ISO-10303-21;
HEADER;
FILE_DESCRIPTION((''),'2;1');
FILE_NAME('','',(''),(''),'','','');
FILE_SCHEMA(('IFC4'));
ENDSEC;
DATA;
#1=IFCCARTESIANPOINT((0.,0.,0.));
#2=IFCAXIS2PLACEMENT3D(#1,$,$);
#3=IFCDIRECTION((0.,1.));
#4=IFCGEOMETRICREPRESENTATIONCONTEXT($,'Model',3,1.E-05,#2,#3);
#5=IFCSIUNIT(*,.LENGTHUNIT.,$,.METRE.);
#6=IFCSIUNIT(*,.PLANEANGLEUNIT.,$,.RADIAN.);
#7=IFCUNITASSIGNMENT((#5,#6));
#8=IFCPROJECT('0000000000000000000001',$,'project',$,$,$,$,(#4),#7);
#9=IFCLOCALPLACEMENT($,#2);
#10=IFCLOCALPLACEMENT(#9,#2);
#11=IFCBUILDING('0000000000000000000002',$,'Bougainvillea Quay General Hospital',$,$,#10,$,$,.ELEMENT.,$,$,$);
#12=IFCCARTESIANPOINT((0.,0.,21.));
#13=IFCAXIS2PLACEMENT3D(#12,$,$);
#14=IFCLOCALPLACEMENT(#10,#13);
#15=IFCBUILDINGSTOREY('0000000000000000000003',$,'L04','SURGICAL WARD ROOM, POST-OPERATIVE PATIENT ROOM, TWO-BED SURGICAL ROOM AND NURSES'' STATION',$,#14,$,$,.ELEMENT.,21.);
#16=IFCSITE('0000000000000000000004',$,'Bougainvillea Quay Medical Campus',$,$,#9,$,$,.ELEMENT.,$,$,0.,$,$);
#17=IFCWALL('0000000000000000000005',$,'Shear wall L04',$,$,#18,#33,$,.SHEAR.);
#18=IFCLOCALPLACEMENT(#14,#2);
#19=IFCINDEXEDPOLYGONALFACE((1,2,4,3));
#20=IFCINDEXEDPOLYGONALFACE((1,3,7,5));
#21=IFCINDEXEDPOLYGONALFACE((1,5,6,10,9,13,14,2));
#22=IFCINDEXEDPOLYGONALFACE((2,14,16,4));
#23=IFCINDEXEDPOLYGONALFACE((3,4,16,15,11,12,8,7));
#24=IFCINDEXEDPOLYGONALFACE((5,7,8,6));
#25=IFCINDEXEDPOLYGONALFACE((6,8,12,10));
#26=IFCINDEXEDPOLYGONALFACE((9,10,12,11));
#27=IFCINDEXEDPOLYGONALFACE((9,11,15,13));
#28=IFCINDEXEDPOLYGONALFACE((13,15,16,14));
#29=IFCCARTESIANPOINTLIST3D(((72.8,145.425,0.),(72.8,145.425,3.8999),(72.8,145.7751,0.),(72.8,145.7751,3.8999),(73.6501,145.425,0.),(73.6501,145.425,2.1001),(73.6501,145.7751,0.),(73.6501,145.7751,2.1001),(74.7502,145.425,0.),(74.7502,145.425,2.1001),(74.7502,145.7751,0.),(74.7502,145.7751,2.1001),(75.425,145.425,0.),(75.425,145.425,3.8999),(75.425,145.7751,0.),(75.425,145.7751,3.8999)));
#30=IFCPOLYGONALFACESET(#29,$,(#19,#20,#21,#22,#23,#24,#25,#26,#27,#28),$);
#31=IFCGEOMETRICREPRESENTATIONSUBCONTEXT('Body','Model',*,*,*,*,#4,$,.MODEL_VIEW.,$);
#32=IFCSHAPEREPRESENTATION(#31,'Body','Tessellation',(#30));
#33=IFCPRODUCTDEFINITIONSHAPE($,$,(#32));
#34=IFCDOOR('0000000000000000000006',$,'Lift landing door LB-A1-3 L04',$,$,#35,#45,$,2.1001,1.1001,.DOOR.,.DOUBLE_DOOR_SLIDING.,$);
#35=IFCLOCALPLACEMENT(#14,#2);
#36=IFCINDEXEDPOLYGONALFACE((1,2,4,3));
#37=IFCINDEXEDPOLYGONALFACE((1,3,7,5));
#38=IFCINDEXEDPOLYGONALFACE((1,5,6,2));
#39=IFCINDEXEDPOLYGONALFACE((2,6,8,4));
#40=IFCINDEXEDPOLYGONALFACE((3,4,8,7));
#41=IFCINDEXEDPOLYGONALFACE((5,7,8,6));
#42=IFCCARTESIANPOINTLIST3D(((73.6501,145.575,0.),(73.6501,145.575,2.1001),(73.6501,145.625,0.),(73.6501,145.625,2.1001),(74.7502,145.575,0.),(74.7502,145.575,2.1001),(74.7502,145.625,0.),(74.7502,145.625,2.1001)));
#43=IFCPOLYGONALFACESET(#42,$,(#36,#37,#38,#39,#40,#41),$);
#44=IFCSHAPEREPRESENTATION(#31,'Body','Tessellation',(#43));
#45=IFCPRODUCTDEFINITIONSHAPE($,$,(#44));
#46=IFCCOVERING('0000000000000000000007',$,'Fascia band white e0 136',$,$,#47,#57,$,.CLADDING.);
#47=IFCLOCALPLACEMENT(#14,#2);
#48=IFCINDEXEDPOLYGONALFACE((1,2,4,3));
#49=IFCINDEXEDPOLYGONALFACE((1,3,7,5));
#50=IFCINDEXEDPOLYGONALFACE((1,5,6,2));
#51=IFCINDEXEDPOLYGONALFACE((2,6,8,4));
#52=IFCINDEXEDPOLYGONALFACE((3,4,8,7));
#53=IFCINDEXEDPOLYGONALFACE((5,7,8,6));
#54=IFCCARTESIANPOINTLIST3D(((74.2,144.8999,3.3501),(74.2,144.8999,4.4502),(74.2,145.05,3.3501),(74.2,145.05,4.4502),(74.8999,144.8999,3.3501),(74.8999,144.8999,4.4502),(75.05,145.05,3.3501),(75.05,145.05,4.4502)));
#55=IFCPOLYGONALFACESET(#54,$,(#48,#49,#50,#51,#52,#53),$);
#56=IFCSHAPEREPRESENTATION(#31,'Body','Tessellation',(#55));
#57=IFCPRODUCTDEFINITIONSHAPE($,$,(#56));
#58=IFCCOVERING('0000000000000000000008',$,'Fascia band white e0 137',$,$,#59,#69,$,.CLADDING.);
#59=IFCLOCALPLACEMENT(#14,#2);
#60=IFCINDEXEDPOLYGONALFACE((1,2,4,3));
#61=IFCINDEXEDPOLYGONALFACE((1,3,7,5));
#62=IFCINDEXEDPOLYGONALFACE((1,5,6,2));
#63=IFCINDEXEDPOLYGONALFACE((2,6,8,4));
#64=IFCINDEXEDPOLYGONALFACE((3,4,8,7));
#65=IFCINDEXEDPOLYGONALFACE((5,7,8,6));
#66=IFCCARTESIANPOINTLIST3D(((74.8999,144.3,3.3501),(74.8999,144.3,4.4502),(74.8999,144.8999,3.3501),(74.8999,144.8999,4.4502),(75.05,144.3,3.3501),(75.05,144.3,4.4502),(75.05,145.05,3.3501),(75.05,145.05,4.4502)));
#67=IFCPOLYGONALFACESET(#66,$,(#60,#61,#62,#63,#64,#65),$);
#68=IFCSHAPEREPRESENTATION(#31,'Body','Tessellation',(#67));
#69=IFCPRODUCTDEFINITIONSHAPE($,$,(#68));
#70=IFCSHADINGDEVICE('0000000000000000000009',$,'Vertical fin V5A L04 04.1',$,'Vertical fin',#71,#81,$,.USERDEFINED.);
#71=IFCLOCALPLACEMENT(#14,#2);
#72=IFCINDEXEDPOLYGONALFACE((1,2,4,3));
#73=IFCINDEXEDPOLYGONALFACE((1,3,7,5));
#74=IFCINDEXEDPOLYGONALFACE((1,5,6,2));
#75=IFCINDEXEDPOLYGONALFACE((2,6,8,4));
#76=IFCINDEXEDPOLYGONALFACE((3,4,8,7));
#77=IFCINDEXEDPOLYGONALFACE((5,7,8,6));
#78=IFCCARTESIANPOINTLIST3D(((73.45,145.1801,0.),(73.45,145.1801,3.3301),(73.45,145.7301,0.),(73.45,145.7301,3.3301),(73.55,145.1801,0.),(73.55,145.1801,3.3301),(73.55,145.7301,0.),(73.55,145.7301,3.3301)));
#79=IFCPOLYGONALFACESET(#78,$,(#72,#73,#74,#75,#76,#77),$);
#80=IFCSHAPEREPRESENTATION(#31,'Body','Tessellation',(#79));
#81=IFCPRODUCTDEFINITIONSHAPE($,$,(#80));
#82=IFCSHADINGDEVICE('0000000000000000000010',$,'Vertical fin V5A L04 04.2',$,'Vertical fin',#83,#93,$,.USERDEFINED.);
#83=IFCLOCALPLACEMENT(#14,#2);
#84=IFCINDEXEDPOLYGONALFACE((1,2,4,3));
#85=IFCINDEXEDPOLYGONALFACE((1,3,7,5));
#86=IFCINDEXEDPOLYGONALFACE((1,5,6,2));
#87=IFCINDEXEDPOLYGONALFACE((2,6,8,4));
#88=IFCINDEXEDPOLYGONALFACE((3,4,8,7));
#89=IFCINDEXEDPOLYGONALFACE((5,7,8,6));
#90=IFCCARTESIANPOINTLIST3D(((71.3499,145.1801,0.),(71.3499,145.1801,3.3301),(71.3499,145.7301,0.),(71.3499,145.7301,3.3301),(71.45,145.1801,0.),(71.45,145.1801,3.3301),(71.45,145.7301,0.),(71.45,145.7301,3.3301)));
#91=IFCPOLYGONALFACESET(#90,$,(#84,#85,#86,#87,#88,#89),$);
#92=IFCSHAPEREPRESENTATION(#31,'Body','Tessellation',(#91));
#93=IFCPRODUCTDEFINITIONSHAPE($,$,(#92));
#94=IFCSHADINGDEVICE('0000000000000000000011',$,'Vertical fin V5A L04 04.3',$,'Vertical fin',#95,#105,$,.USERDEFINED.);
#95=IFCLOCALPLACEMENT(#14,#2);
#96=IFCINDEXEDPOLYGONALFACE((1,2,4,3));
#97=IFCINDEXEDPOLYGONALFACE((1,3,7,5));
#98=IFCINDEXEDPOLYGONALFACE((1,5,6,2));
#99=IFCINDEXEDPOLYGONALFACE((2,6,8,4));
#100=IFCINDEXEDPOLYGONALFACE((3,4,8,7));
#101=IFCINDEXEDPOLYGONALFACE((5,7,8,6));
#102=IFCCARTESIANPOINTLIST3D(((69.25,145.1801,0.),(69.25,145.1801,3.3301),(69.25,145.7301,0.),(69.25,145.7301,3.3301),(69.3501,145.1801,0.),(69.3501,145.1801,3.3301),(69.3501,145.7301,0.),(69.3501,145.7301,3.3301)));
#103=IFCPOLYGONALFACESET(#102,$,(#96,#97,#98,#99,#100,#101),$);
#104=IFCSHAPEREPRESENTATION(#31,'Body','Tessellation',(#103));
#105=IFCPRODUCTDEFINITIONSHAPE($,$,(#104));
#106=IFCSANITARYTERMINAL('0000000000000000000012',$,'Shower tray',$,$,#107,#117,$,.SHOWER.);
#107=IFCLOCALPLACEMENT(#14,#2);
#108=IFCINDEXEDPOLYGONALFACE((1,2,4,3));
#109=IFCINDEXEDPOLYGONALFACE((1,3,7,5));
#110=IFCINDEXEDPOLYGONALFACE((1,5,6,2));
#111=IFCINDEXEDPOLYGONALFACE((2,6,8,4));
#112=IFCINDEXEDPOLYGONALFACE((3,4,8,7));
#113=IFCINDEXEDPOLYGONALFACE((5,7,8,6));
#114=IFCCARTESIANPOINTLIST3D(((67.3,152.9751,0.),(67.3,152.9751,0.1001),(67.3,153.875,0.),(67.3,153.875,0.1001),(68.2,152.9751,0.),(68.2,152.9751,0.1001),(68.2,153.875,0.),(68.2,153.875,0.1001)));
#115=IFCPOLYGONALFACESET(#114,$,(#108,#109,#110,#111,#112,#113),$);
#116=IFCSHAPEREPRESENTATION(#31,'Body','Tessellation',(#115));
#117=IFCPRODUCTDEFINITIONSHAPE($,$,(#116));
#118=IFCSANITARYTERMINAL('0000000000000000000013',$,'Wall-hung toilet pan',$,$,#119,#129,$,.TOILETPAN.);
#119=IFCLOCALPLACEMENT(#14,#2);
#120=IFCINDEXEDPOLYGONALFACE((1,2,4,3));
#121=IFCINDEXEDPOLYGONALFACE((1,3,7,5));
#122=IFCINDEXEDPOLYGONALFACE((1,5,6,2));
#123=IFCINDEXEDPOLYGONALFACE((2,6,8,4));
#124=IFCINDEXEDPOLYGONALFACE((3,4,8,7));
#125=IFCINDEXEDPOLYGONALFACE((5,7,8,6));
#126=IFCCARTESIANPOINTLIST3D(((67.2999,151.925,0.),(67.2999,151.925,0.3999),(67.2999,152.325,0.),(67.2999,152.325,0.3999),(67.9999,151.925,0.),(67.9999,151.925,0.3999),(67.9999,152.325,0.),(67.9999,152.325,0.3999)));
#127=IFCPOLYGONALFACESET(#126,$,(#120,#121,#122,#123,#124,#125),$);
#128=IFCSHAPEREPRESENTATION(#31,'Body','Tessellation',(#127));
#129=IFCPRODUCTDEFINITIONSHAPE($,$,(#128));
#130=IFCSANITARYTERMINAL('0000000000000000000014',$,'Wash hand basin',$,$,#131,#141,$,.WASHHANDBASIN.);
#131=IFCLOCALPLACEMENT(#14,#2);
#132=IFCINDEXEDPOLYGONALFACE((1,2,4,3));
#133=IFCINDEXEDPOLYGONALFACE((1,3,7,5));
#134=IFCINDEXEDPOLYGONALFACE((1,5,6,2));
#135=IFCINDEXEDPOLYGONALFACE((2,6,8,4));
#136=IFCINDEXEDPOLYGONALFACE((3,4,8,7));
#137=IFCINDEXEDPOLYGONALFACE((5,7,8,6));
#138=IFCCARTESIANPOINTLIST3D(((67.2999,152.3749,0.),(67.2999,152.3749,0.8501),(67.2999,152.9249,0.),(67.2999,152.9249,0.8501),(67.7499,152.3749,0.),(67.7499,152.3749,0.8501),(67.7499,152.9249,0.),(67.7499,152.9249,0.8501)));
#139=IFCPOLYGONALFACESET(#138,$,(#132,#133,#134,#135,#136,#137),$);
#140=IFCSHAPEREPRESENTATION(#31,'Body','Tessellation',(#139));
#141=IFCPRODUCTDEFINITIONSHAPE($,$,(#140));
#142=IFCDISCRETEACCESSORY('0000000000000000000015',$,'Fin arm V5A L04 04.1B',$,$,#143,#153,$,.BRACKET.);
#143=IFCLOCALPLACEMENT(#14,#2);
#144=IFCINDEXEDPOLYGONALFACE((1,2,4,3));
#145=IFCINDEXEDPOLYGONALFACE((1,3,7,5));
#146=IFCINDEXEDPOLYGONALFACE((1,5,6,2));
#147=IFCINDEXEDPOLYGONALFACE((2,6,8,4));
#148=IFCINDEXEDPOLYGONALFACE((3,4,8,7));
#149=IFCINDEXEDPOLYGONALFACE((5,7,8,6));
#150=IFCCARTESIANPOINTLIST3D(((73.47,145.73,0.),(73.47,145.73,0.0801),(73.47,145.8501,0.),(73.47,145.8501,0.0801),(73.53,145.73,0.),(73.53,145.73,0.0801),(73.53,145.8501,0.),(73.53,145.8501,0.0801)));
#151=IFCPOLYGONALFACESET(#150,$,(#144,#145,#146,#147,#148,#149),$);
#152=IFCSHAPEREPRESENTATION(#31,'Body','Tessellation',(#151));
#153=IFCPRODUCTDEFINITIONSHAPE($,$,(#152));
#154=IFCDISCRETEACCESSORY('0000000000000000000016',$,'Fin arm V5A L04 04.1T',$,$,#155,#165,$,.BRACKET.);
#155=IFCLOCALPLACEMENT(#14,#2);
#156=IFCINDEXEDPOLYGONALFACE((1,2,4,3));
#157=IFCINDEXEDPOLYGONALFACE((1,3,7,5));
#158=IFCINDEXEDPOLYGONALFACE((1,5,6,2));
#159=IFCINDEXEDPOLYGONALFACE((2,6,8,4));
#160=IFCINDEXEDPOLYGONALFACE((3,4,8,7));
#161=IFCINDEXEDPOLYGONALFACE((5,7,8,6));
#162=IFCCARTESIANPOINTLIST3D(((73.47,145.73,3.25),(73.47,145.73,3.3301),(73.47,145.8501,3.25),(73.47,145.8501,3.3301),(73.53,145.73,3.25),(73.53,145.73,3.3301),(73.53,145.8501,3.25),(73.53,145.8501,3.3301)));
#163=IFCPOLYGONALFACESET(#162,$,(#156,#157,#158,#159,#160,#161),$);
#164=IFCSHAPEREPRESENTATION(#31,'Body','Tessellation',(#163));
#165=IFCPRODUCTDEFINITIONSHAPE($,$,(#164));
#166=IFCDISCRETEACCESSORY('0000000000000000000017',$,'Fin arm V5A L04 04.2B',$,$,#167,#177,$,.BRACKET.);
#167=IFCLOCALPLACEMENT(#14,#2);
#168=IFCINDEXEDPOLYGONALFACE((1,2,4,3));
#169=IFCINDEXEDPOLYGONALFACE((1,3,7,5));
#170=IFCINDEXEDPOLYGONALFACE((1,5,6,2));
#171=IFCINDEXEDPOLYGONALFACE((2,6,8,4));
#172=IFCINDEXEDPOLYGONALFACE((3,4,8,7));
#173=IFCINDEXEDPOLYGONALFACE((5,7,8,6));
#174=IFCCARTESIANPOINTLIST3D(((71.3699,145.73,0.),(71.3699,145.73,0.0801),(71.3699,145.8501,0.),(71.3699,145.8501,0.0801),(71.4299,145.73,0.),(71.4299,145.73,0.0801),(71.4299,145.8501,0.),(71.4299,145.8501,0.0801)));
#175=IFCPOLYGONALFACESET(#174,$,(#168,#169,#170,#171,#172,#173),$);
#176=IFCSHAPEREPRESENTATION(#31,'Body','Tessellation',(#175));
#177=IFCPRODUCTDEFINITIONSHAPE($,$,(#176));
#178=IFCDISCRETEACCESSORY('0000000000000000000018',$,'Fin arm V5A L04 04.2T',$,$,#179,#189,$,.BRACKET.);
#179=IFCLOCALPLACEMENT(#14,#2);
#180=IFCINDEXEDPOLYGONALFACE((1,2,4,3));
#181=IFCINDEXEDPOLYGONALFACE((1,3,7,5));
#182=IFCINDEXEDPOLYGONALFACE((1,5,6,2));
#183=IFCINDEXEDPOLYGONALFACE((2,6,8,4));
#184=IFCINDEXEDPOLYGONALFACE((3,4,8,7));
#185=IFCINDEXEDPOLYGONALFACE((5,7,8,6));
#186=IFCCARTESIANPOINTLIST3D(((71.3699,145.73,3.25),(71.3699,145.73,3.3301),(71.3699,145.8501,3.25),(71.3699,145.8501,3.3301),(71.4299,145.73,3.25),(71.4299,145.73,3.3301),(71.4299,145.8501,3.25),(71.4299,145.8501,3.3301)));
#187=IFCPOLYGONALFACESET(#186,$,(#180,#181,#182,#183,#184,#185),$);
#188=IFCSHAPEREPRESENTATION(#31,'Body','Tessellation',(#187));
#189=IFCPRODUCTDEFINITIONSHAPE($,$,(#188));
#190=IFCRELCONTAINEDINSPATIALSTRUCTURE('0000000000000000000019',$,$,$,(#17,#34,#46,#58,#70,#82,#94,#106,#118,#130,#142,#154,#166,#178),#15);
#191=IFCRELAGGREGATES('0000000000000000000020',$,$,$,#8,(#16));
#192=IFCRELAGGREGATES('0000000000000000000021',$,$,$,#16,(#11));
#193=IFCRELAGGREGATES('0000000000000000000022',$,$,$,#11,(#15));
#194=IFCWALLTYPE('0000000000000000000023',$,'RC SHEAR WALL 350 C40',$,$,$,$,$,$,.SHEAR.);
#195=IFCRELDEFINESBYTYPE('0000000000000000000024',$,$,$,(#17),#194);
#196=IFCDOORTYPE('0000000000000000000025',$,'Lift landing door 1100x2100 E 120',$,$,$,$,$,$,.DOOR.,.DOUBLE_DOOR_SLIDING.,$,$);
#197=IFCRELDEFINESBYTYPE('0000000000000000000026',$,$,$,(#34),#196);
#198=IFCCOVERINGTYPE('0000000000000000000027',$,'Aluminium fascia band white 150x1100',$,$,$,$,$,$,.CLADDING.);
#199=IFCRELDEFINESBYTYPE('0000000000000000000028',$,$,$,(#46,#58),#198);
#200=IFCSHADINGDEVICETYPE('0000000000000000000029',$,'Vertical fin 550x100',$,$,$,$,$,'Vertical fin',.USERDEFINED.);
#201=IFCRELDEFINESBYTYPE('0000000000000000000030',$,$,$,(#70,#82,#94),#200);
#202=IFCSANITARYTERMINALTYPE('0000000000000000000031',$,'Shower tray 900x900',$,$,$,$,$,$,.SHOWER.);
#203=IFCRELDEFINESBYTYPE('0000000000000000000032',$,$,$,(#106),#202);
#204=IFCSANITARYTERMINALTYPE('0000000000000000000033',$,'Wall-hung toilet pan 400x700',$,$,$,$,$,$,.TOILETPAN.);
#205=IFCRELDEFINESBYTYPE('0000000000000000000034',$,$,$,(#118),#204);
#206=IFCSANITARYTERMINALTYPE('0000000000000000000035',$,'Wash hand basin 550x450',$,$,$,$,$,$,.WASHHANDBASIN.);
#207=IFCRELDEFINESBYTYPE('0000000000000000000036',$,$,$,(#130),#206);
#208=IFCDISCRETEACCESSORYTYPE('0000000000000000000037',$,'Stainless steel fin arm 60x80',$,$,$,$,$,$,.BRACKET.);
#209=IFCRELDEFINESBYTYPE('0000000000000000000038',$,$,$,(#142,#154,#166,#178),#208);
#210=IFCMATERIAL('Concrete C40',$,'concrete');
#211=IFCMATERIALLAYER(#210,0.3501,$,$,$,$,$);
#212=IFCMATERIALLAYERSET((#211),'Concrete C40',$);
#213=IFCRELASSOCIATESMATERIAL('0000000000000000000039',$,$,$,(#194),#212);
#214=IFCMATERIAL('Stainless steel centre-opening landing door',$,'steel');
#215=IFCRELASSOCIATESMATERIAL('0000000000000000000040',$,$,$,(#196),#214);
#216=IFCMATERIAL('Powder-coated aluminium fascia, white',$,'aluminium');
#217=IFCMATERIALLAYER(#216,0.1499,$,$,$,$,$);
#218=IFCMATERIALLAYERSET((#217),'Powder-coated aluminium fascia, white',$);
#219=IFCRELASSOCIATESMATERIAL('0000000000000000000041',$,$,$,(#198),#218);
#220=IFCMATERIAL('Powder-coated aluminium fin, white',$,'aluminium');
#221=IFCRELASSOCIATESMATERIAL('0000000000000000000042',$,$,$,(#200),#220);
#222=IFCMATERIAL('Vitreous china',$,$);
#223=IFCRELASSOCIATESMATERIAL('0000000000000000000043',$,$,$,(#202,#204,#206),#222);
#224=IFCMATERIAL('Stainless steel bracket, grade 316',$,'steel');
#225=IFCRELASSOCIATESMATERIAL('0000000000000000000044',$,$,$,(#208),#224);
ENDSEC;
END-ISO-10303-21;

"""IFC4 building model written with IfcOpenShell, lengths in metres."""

from ifc_helpers import new_model, si_unit, direction, frame, frame_2d, origin, origin_2d, place, context, subcontext, project, spatial, polyline, rectangle, outline, extrude, material, layer, layer_set, material_profile, profile_set, type_object, element, fill, save


model = new_model("IFC4")

# Units and contexts
model_context = context("Model", 3, precision=1e-05, world=origin(), true_north=direction((0.0, 1.0)))
body_context = subcontext(model_context, "Body", "Model", "MODEL_VIEW")
ifc_project = project(units=[si_unit("LENGTHUNIT", "METRE"), si_unit("PLANEANGLEUNIT", "RADIAN")], contexts=[model_context])

# Site, building, storey
site_placement = place(None, origin())
site = spatial("IfcSite", under=ifc_project, at=site_placement, Name="Bougainvillea Quay Medical Campus", CompositionType="ELEMENT", RefElevation=0.0)
building_placement = place(site_placement, origin())
building = spatial("IfcBuilding", under=site, at=building_placement, Name="Bougainvillea Quay General Hospital", CompositionType="ELEMENT")
storey_placement = place(building_placement, frame((0.0, 0.0, 21.0)))
storey = spatial("IfcBuildingStorey", under=building, at=storey_placement, Name="L04", Description="SURGICAL WARD ROOM, POST-OPERATIVE PATIENT ROOM, TWO-BED SURGICAL ROOM AND NURSES' STATION", CompositionType="ELEMENT", Elevation=21.0)

# Wall, opening, door
ifc_material_1 = material(Name="Concrete C40", Category="concrete")
ifc_layer_1 = layer(ifc_material_1, 0.3501)
ifc_layer_set_1 = layer_set([ifc_layer_1], Name="Concrete C40")
wall_type_1 = type_object("IfcWallType", Name="RC SHEAR WALL 350 C40", PredefinedType="SHEAR", material=ifc_layer_set_1)
ifc_material_2 = material(Name="Stainless steel centre-opening landing door", Category="steel")
wall_1_placement = place(storey_placement, frame((72.8, 145.6001, 0.0), z_axis=(0.0, 0.0, 1.0), x_axis=(1.0, 0.0, 0.0)))
wall_1 = element("IfcWall", 1, at=wall_1_placement, inside=storey, type_object=wall_type_1, Name="Shear wall L04", PredefinedType="SHEAR", context=body_context, shape_type="SweptSolid", body=[
    extrude(rectangle(XDim=2.625, YDim=0.3501, at=frame_2d((1.3125, 0.0))), origin(), (0.0, 0.0, 1.0), 3.8999),
])
opening_1_placement = place(wall_1_placement, frame((0.8501, 0.0, 0.0)))
opening_1 = element("IfcOpeningElement", 2, at=opening_1_placement, cuts=wall_1, PredefinedType="OPENING", context=body_context, shape_type="SweptSolid", body=[
    extrude(rectangle(XDim=1.1001, YDim=2.1001, at=frame_2d((0.55, 1.05))), frame((0.0, 0.1851, 0.0), z_axis=(0.0, -1.0, 0.0), x_axis=(1.0, 0.0, 0.0)), (0.0, 0.0, 1.0), 0.3701),
])
door_type_1 = type_object("IfcDoorType", Name="Lift landing door 1100x2100 E 120", OperationType="DOUBLE_DOOR_SLIDING", PredefinedType="DOOR", material=ifc_material_2)
door_1_placement = place(opening_1_placement, origin())
door_1 = element("IfcDoor", 3, at=door_1_placement, inside=storey, type_object=door_type_1, Name="Lift landing door LB-A1-3 L04", OperationType="DOUBLE_DOOR_SLIDING", OverallHeight=2.1001, OverallWidth=1.1001, PredefinedType="DOOR", context=body_context, shape_type="SweptSolid", body=[
    extrude(rectangle(XDim=1.1001, YDim=2.1001, at=frame_2d((0.55, 1.05))), frame((0.0, 0.0249, 0.0), z_axis=(0.0, -1.0, 0.0), x_axis=(1.0, 0.0, 0.0)), (0.0, 0.0, 1.0), 0.05),
])
fill(opening_1, door_1)

# Coverings
ifc_material_3 = material(Name="Powder-coated aluminium fascia, white", Category="aluminium")
ifc_layer_2 = layer(ifc_material_3, 0.1499)
ifc_layer_set_2 = layer_set([ifc_layer_2], Name="Powder-coated aluminium fascia, white")
covering_type = type_object("IfcCoveringType", Name="Aluminium fascia band white 150x1100", PredefinedType="CLADDING", material=ifc_layer_set_2)
covering_1_placement = place(storey_placement, frame((74.2, 145.05, 3.3501), z_axis=(0.0, 0.0, 1.0), x_axis=(1.0, 0.0, 0.0)))
element("IfcCovering", 4, at=covering_1_placement, inside=storey, type_object=covering_type, Name="Fascia band white e0 136", PredefinedType="CLADDING", context=body_context, shape_type="SweptSolid", body=[
    extrude(outline(polyline([(0.0, 0.0), (0.8501, 0.0), (0.7, -0.1501), (0.0, -0.1501), (0.0, 0.0)])), origin(), (0.0, 0.0, 1.0), 1.1001),
])
covering_2_placement = place(storey_placement, frame((75.05, 145.05, 3.3501), z_axis=(0.0, 0.0, 1.0), x_axis=(0.0, -1.0, 0.0)))
element("IfcCovering", 5, at=covering_2_placement, inside=storey, type_object=covering_type, Name="Fascia band white e0 137", PredefinedType="CLADDING", context=body_context, shape_type="SweptSolid", body=[
    extrude(outline(polyline([(0.0, 0.0), (0.75, 0.0), (0.75, -0.1501), (0.1501, -0.1501), (0.0, 0.0)])), origin(), (0.0, 0.0, 1.0), 1.1001),
])

# Shading devices
ifc_material_4 = material(Name="Powder-coated aluminium fin, white", Category="aluminium")
ifc_material_profile_1 = material_profile(ifc_material_4, rectangle(XDim=0.55, YDim=0.1001, at=origin_2d()))
ifc_profile_set_1 = profile_set([ifc_material_profile_1], Name="Powder-coated aluminium fin, white")
shading_device_type = type_object("IfcShadingDeviceType", Name="Vertical fin 550x100", ElementType="Vertical fin", PredefinedType="USERDEFINED", material=ifc_profile_set_1)
for number, where, z_axis, x_axis, name in (
    (6, (73.5, 145.4551, 0.0), (0.0, 0.0, 1.0), (0.0, -1.0, 0.0), "Vertical fin V5A L04 04.1"),
    (7, (71.3999, 145.4551, 0.0), (0.0, 0.0, 1.0), (0.0, -1.0, 0.0), "Vertical fin V5A L04 04.2"),
    (8, (69.3, 145.4551, 0.0), (0.0, 0.0, 1.0), (0.0, -1.0, 0.0), "Vertical fin V5A L04 04.3"),
):
    element("IfcShadingDevice", number, at=place(storey_placement, frame(where, z_axis=z_axis, x_axis=x_axis)), inside=storey, type_object=shading_device_type, Name=name, ObjectType="Vertical fin", PredefinedType="USERDEFINED", context=body_context, shape_type="SweptSolid", body=[
        extrude(rectangle(XDim=0.55, YDim=0.1001, at=origin_2d()), origin(), (0.0, 0.0, 1.0), 3.3301),
    ])

# Sanitary terminals
ifc_material_5 = material(Name="Vitreous china")
sanitary_terminal_type_1 = type_object("IfcSanitaryTerminalType", Name="Shower tray 900x900", PredefinedType="SHOWER", material=ifc_material_5)
sanitary_terminal_1_placement = place(storey_placement, frame((67.75, 153.425, 0.0), z_axis=(0.0, 0.0, 1.0), x_axis=(0.0, 1.0, 0.0)))
element("IfcSanitaryTerminal", 9, at=sanitary_terminal_1_placement, inside=storey, type_object=sanitary_terminal_type_1, Name="Shower tray", PredefinedType="SHOWER", context=body_context, shape_type="SweptSolid", body=[
    extrude(rectangle(XDim=0.8999, YDim=0.8999, at=origin_2d()), origin(), (0.0, 0.0, 1.0), 0.1001),
])
sanitary_terminal_type_2 = type_object("IfcSanitaryTerminalType", Name="Wall-hung toilet pan 400x700", PredefinedType="TOILETPAN", material=ifc_material_5)
sanitary_terminal_2_placement = place(storey_placement, frame((67.6499, 152.125, 0.0), z_axis=(0.0, 0.0, 1.0), x_axis=(0.0, 1.0, 0.0)))
element("IfcSanitaryTerminal", 10, at=sanitary_terminal_2_placement, inside=storey, type_object=sanitary_terminal_type_2, Name="Wall-hung toilet pan", PredefinedType="TOILETPAN", context=body_context, shape_type="SweptSolid", body=[
    extrude(rectangle(XDim=0.3999, YDim=0.7, at=origin_2d()), origin(), (0.0, 0.0, 1.0), 0.3999),
])
sanitary_terminal_type_3 = type_object("IfcSanitaryTerminalType", Name="Wash hand basin 550x450", PredefinedType="WASHHANDBASIN", material=ifc_material_5)
sanitary_terminal_3_placement = place(storey_placement, frame((67.5249, 152.6499, 0.0), z_axis=(0.0, 0.0, 1.0), x_axis=(0.0, 1.0, 0.0)))
element("IfcSanitaryTerminal", 11, at=sanitary_terminal_3_placement, inside=storey, type_object=sanitary_terminal_type_3, Name="Wash hand basin", PredefinedType="WASHHANDBASIN", context=body_context, shape_type="SweptSolid", body=[
    extrude(rectangle(XDim=0.55, YDim=0.45, at=origin_2d()), origin(), (0.0, 0.0, 1.0), 0.8501),
])

# Discrete accessories
ifc_material_6 = material(Name="Stainless steel bracket, grade 316", Category="steel")
discrete_accessory_type_1 = type_object("IfcDiscreteAccessoryType", Name="Stainless steel fin arm 60x80", PredefinedType="BRACKET", material=ifc_material_6)
for number, where, z_axis, x_axis, name in (
    (12, (73.5, 145.79, 0.0), (0.0, 0.0, 1.0), (0.0, -1.0, 0.0), "Fin arm V5A L04 04.1B"),
    (13, (73.5, 145.79, 3.25), (0.0, 0.0, 1.0), (0.0, -1.0, 0.0), "Fin arm V5A L04 04.1T"),
    (14, (71.3999, 145.79, 0.0), (0.0, 0.0, 1.0), (0.0, -1.0, 0.0), "Fin arm V5A L04 04.2B"),
    (15, (71.3999, 145.79, 3.25), (0.0, 0.0, 1.0), (0.0, -1.0, 0.0), "Fin arm V5A L04 04.2T"),
):
    element("IfcDiscreteAccessory", number, at=place(storey_placement, frame(where, z_axis=z_axis, x_axis=x_axis)), inside=storey, type_object=discrete_accessory_type_1, Name=name, PredefinedType="BRACKET", context=body_context, shape_type="SweptSolid", body=[
        extrude(rectangle(XDim=0.1201, YDim=0.0601, at=origin_2d()), origin(), (0.0, 0.0, 1.0), 0.0801),
    ])

save(model, "model.ifc")
